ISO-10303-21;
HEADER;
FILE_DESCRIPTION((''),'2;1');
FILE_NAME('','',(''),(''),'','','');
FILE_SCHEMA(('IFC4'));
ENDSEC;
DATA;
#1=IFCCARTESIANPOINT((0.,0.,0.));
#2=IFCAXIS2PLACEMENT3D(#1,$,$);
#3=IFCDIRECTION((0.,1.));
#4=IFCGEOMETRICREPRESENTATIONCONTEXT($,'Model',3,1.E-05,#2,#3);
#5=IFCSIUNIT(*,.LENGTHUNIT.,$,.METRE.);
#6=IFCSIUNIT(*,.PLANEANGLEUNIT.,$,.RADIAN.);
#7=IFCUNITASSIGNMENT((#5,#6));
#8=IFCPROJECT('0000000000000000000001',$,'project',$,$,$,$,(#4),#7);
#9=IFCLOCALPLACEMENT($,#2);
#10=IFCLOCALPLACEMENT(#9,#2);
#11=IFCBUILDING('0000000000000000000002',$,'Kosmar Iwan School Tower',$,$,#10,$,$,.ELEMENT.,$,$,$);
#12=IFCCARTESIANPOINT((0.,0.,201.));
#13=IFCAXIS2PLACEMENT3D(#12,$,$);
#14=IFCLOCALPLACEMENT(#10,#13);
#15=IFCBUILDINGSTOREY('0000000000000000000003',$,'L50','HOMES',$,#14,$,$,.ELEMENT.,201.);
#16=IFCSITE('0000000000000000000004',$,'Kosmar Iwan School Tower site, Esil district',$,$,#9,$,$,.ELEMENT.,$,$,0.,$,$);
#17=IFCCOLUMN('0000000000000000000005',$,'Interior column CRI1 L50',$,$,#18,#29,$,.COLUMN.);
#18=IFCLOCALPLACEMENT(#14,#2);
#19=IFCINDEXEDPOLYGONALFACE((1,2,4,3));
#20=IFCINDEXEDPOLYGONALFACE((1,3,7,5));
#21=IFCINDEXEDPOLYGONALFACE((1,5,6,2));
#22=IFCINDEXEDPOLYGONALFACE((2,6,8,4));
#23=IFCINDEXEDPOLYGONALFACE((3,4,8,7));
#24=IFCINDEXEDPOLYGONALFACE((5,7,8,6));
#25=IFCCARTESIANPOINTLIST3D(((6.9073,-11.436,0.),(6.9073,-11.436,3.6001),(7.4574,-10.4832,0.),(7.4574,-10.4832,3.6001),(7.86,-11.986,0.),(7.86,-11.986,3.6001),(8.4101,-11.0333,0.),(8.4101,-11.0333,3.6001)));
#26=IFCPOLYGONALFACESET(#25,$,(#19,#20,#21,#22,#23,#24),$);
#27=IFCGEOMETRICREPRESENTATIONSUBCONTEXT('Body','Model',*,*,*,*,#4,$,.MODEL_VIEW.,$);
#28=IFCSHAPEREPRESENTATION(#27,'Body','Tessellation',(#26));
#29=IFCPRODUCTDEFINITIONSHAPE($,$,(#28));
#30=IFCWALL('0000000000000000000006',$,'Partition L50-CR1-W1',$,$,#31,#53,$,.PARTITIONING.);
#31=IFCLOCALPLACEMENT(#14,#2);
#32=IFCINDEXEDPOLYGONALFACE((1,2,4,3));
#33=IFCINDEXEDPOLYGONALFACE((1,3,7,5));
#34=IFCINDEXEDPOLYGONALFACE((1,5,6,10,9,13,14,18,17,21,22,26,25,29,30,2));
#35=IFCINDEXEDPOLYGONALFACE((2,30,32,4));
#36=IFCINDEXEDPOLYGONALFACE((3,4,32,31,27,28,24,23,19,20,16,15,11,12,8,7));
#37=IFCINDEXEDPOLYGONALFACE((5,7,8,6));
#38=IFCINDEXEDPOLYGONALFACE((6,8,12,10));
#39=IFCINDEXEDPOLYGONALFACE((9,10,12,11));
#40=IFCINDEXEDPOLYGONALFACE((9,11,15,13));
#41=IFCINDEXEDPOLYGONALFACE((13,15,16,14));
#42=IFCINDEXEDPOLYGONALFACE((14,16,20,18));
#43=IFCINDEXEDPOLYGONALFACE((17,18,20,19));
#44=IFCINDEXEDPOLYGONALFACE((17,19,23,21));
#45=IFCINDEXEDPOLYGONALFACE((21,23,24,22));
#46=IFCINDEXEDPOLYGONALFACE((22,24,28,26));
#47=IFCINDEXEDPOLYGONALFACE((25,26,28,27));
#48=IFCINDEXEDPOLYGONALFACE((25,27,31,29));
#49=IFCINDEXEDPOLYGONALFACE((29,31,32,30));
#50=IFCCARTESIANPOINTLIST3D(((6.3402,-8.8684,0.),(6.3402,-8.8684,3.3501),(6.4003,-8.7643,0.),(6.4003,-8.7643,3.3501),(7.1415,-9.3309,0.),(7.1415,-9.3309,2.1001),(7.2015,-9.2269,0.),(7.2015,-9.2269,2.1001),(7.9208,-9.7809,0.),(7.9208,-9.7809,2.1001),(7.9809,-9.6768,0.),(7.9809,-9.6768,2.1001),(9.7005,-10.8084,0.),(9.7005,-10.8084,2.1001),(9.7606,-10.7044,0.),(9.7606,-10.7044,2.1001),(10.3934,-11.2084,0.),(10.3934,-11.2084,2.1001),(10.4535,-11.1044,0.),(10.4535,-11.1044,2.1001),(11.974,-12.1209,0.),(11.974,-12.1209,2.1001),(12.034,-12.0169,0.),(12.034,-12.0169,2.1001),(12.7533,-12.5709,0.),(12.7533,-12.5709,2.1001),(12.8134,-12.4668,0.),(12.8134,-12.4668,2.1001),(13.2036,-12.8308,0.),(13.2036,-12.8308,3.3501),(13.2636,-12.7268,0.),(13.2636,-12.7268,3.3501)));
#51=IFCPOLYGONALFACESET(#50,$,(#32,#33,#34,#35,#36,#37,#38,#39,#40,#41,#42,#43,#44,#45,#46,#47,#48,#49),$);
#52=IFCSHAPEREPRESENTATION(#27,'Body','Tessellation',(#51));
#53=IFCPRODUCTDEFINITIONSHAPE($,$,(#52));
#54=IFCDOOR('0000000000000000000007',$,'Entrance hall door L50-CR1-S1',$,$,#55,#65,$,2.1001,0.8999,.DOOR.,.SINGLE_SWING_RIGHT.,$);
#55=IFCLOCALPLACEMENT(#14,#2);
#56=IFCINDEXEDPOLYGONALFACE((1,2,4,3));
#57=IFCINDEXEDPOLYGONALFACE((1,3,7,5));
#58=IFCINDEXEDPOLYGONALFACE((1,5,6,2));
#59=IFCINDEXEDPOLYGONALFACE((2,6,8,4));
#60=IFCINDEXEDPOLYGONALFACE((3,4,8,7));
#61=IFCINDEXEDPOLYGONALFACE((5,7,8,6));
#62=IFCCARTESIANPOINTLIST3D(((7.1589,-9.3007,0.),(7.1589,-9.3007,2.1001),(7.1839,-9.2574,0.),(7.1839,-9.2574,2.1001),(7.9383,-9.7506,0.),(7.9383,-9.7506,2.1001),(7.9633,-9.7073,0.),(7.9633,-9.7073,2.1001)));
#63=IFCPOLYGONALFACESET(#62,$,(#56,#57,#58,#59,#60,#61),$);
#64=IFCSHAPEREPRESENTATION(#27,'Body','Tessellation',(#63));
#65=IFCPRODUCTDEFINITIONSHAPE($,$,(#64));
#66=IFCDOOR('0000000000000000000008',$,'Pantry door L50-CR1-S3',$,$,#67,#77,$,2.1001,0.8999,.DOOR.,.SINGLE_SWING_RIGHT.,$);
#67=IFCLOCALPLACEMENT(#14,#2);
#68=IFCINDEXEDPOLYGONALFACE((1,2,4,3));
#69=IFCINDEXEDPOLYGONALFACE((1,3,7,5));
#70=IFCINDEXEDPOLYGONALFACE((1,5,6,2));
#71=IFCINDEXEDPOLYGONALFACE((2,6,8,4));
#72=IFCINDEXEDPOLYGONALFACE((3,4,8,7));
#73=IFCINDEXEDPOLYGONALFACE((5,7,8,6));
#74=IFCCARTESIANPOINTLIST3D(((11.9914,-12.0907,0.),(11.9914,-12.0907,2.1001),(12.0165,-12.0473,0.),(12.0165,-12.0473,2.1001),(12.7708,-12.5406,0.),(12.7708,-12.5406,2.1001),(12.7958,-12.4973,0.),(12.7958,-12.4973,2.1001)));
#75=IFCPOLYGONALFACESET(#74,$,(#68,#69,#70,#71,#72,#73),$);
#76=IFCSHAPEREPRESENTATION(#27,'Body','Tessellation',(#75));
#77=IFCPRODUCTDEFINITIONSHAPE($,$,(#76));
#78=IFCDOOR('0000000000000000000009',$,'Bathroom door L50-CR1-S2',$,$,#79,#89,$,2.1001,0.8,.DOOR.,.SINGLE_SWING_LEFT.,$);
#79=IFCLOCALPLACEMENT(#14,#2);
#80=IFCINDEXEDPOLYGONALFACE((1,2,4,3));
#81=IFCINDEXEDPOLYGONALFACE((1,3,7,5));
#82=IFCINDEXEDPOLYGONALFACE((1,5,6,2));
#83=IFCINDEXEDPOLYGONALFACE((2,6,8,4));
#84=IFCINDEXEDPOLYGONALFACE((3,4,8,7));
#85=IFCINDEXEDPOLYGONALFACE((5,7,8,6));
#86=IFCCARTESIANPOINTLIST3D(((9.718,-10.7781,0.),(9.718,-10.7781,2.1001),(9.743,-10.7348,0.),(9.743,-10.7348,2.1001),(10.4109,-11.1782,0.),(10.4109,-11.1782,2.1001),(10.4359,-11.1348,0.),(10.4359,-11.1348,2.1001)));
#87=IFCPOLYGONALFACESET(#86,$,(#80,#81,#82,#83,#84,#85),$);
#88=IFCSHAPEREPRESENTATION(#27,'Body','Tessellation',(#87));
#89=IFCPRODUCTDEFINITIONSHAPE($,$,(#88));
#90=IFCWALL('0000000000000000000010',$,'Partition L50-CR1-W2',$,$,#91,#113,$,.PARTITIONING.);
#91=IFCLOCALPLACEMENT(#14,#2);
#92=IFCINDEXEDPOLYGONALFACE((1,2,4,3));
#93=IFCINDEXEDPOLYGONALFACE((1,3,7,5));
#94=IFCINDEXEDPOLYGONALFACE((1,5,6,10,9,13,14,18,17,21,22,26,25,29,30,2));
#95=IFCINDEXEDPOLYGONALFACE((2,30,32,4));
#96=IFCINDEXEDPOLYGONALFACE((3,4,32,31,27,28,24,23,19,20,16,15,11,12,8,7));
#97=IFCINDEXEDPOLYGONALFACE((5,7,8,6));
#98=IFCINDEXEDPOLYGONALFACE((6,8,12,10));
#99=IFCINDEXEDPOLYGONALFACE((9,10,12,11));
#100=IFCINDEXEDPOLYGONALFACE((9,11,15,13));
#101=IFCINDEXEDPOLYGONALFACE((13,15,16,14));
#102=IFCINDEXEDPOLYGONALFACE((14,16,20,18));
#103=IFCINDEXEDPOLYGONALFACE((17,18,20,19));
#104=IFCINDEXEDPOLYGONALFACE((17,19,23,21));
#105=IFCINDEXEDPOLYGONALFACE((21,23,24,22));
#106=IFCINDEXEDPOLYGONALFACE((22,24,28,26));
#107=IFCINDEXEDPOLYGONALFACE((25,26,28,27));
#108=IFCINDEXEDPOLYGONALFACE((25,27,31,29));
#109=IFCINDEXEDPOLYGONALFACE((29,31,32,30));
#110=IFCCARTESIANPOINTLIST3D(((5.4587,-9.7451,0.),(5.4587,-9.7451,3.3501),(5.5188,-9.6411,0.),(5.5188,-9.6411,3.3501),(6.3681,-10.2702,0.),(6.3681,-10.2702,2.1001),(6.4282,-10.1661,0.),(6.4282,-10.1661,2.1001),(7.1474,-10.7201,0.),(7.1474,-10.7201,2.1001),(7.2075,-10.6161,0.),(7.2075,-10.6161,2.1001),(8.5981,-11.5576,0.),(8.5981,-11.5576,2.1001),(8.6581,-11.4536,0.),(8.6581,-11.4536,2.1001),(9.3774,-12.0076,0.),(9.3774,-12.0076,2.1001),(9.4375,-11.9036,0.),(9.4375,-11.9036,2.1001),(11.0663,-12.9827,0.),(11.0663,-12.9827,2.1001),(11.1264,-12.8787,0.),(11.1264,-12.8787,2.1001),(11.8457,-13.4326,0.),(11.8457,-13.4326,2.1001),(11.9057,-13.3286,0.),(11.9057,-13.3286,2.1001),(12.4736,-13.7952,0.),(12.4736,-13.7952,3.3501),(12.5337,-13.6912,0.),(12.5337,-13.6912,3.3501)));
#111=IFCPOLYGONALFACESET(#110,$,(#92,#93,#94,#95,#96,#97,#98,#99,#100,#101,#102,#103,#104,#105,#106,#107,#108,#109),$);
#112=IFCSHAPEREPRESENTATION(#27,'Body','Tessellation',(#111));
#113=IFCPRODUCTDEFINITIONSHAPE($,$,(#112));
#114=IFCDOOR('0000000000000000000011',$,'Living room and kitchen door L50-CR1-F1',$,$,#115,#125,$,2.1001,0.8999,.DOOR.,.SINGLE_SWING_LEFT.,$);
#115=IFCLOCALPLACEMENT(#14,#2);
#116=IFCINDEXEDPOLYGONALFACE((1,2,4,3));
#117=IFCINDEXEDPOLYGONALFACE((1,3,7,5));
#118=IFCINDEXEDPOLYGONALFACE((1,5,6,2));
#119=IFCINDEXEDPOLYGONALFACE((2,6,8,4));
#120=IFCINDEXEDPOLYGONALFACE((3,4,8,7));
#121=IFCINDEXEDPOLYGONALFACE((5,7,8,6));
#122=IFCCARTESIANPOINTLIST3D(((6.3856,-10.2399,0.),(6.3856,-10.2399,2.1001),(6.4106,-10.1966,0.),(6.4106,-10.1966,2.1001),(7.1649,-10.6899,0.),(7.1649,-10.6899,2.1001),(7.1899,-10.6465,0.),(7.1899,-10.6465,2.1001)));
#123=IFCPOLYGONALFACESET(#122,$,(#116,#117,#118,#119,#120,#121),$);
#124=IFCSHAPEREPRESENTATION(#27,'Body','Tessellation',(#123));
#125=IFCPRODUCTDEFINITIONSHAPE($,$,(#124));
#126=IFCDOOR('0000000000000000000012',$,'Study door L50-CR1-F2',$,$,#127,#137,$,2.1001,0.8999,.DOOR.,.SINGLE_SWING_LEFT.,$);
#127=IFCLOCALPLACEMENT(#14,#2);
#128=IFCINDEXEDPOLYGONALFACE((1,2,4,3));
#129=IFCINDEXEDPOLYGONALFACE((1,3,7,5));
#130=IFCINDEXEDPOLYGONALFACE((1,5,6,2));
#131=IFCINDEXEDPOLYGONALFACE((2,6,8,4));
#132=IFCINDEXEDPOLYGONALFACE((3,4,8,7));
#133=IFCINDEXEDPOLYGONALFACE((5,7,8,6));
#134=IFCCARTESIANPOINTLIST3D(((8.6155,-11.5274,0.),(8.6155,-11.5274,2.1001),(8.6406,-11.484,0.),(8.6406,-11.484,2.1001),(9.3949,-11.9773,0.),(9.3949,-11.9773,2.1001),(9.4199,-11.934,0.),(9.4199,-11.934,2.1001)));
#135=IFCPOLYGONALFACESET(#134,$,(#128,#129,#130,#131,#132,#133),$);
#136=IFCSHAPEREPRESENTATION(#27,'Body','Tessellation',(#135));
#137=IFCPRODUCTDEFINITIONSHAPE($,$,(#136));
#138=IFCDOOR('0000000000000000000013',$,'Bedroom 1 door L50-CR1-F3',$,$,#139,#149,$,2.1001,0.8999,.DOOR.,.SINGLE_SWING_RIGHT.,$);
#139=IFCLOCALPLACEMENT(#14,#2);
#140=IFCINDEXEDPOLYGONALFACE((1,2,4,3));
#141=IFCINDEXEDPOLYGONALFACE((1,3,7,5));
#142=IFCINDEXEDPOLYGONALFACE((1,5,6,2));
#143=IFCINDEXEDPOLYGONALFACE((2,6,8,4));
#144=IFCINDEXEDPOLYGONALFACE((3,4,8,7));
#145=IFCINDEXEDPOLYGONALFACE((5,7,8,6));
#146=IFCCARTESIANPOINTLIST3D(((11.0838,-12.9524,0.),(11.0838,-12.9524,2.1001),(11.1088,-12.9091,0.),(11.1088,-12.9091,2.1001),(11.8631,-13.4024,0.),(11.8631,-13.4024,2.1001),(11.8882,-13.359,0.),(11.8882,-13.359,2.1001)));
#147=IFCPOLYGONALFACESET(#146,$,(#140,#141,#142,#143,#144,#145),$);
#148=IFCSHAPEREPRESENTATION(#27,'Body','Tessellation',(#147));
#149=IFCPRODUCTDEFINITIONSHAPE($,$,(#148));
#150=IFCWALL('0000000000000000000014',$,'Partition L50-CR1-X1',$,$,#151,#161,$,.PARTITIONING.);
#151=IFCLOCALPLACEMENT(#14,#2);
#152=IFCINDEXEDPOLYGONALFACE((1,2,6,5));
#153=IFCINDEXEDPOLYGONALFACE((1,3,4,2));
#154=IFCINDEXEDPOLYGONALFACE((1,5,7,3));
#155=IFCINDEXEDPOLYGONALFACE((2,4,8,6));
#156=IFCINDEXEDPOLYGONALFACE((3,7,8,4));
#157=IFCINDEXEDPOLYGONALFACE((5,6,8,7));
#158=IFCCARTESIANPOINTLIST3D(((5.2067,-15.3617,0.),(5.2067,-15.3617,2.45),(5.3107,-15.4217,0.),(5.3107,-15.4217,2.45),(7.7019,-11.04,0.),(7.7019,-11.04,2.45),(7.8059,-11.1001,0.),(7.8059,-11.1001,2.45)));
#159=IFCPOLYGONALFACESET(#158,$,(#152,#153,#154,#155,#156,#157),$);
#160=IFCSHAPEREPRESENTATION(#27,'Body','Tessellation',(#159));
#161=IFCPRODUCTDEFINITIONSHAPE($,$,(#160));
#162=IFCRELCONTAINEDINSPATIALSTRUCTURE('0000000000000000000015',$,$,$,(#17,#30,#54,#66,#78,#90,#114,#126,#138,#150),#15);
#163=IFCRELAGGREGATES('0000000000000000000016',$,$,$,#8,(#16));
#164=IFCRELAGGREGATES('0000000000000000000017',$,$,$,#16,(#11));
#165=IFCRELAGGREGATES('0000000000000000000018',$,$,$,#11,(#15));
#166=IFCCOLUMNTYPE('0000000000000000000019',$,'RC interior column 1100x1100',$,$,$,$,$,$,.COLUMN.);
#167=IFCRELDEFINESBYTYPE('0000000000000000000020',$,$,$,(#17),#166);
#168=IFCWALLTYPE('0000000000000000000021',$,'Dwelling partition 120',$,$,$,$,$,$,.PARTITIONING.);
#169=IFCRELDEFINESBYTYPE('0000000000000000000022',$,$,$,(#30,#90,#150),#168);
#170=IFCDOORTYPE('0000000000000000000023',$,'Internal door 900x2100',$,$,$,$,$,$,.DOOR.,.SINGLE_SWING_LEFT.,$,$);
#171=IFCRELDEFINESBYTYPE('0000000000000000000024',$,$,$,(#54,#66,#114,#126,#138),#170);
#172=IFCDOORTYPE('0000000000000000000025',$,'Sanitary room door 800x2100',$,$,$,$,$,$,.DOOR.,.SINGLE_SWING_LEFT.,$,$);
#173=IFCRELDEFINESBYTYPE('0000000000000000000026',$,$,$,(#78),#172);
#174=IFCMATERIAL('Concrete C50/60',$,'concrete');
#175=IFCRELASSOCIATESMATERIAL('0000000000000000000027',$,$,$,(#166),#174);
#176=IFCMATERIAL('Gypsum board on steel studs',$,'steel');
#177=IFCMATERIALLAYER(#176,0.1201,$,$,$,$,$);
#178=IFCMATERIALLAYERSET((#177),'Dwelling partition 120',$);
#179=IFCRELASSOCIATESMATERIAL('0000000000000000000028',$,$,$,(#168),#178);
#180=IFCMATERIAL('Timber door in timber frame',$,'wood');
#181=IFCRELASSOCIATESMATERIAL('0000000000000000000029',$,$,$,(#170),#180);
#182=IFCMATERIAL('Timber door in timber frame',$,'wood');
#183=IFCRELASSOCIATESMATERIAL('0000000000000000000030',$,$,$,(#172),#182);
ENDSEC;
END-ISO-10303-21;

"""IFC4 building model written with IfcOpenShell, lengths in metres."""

from ifc_helpers import new_model, si_unit, direction, frame, frame_2d, origin, origin_2d, place, context, subcontext, project, spatial, rectangle, extrude, material, layer, layer_set, material_profile, profile_set, type_object, element, fill, save


model = new_model("IFC4")

# Units and contexts
model_context = context("Model", 3, precision=1e-05, world=origin(), true_north=direction((0.0, 1.0)))
body_context = subcontext(model_context, "Body", "Model", "MODEL_VIEW")
ifc_project = project(units=[si_unit("LENGTHUNIT", "METRE"), si_unit("PLANEANGLEUNIT", "RADIAN")], contexts=[model_context])

# Site, building, storey
site_placement = place(None, origin())
site = spatial("IfcSite", under=ifc_project, at=site_placement, Name="Kosmar Iwan School Tower site, Esil district", CompositionType="ELEMENT", RefElevation=0.0)
building_placement = place(site_placement, origin())
building = spatial("IfcBuilding", under=site, at=building_placement, Name="Kosmar Iwan School Tower", CompositionType="ELEMENT")
storey_placement = place(building_placement, frame((0.0, 0.0, 201.0)))
storey = spatial("IfcBuildingStorey", under=building, at=storey_placement, Name="L50", Description="HOMES", CompositionType="ELEMENT", Elevation=201.0)

# Column
ifc_material_1 = material(Name="Concrete C50/60", Category="concrete")
ifc_material_profile = material_profile(ifc_material_1, rectangle(XDim=1.1001, YDim=1.1001, at=origin_2d()), Name="RC 1100x1100")
ifc_profile_set = profile_set([ifc_material_profile], Name="Concrete C50/60")
column_type = type_object("IfcColumnType", Name="RC interior column 1100x1100", PredefinedType="COLUMN", material=ifc_profile_set)
column_placement = place(storey_placement, frame((7.6587, -11.2346, 0.0), z_axis=(0.0, 0.0, 1.0), x_axis=(0.866025, -0.5, 0.0)))
element("IfcColumn", 1, at=column_placement, inside=storey, type_object=column_type, Name="Interior column CRI1 L50", PredefinedType="COLUMN", context=body_context, shape_type="SweptSolid", body=[
    extrude(rectangle(XDim=1.1001, YDim=1.1001, at=origin_2d()), origin(), (0.0, 0.0, 1.0), 3.6001),
])

# Walls, openings, doors
ifc_material_2 = material(Name="Gypsum board on steel studs", Category="steel")
ifc_layer = layer(ifc_material_2, 0.1201)
ifc_layer_set = layer_set([ifc_layer], Name="Dwelling partition 120")
wall_type = type_object("IfcWallType", Name="Dwelling partition 120", PredefinedType="PARTITIONING", material=ifc_layer_set)
wall_1_placement = place(storey_placement, frame((6.3704, -8.8164, 0.0), z_axis=(0.0, 0.0, 1.0), x_axis=(0.866032, -0.499989, 0.0)))
wall_1 = element("IfcWall", 2, at=wall_1_placement, inside=storey, type_object=wall_type, Name="Partition L50-CR1-W1", PredefinedType="PARTITIONING", context=body_context, shape_type="SweptSolid", body=[
    extrude(rectangle(XDim=7.925, YDim=0.1201, at=frame_2d((3.9624, 0.0))), origin(), (0.0, 0.0, 1.0), 3.3501),
])
opening_1_placement = place(wall_1_placement, frame((0.925, 0.0, 0.0)))
opening_1 = element("IfcOpeningElement", 3, at=opening_1_placement, cuts=wall_1, PredefinedType="OPENING", context=body_context, shape_type="SweptSolid", body=[
    extrude(rectangle(XDim=0.8999, YDim=2.1001, at=frame_2d((0.45, 1.05))), frame((0.0, 0.072, 0.0), z_axis=(0.0, -1.0, 0.0), x_axis=(1.0, 0.0, 0.0)), (0.0, 0.0, 1.0), 0.144),
])
opening_2_placement = place(wall_1_placement, frame((3.8801, 0.0, 0.0)))
opening_2 = element("IfcOpeningElement", 4, at=opening_2_placement, cuts=wall_1, PredefinedType="OPENING", context=body_context, shape_type="SweptSolid", body=[
    extrude(rectangle(XDim=0.8, YDim=2.1001, at=frame_2d((0.3999, 1.05))), frame((0.0, 0.072, 0.0), z_axis=(0.0, -1.0, 0.0), x_axis=(1.0, 0.0, 0.0)), (0.0, 0.0, 1.0), 0.144),
])
opening_3_placement = place(wall_1_placement, frame((6.5051, 0.0, 0.0)))
opening_3 = element("IfcOpeningElement", 5, at=opening_3_placement, cuts=wall_1, PredefinedType="OPENING", context=body_context, shape_type="SweptSolid", body=[
    extrude(rectangle(XDim=0.8999, YDim=2.1001, at=frame_2d((0.45, 1.05))), frame((0.0, 0.072, 0.0), z_axis=(0.0, -1.0, 0.0), x_axis=(1.0, 0.0, 0.0)), (0.0, 0.0, 1.0), 0.144),
])
ifc_material_3 = material(Name="Timber door in timber frame", Category="wood")
door_type_1 = type_object("IfcDoorType", Name="Internal door 900x2100", OperationType="SINGLE_SWING_LEFT", PredefinedType="DOOR", material=ifc_material_3)
door_1_placement = place(opening_1_placement, origin())
door_1 = element("IfcDoor", 6, at=door_1_placement, inside=storey, type_object=door_type_1, Name="Entrance hall door L50-CR1-S1", OperationType="SINGLE_SWING_RIGHT", OverallHeight=2.1001, OverallWidth=0.8999, PredefinedType="DOOR", context=body_context, shape_type="SweptSolid", body=[
    extrude(rectangle(XDim=0.8999, YDim=2.1001, at=frame_2d((0.45, 1.05))), frame((0.0, 0.0249, 0.0), z_axis=(0.0, -1.0, 0.0), x_axis=(1.0, 0.0, 0.0)), (0.0, 0.0, 1.0), 0.05),
])
fill(opening_1, door_1)
door_2_placement = place(opening_3_placement, origin())
door_2 = element("IfcDoor", 7, at=door_2_placement, inside=storey, type_object=door_type_1, Name="Pantry door L50-CR1-S3", OperationType="SINGLE_SWING_RIGHT", OverallHeight=2.1001, OverallWidth=0.8999, PredefinedType="DOOR", context=body_context, shape_type="SweptSolid", body=[
    extrude(rectangle(XDim=0.8999, YDim=2.1001, at=frame_2d((0.45, 1.05))), frame((0.0, 0.0249, 0.0), z_axis=(0.0, -1.0, 0.0), x_axis=(1.0, 0.0, 0.0)), (0.0, 0.0, 1.0), 0.05),
])
fill(opening_3, door_2)
ifc_material_4 = material(Name="Timber door in timber frame", Category="wood")
door_type_2 = type_object("IfcDoorType", Name="Sanitary room door 800x2100", OperationType="SINGLE_SWING_LEFT", PredefinedType="DOOR", material=ifc_material_4)
door_3_placement = place(opening_2_placement, origin())
door_3 = element("IfcDoor", 8, at=door_3_placement, inside=storey, type_object=door_type_2, Name="Bathroom door L50-CR1-S2", OperationType="SINGLE_SWING_LEFT", OverallHeight=2.1001, OverallWidth=0.8, PredefinedType="DOOR", context=body_context, shape_type="SweptSolid", body=[
    extrude(rectangle(XDim=0.8, YDim=2.1001, at=frame_2d((0.3999, 1.05))), frame((0.0, 0.0249, 0.0), z_axis=(0.0, -1.0, 0.0), x_axis=(1.0, 0.0, 0.0)), (0.0, 0.0, 1.0), 0.05),
])
fill(opening_2, door_3)
wall_2_placement = place(storey_placement, frame((5.4888, -9.6931, 0.0), z_axis=(0.0, 0.0, 1.0), x_axis=(0.866025, -0.5, 0.0)))
wall_2 = element("IfcWall", 9, at=wall_2_placement, inside=storey, type_object=wall_type, Name="Partition L50-CR1-W2", PredefinedType="PARTITIONING", context=body_context, shape_type="SweptSolid", body=[
    extrude(rectangle(XDim=8.1001, YDim=0.1201, at=frame_2d((4.05, 0.0))), origin(), (0.0, 0.0, 1.0), 3.3501),
])
opening_4_placement = place(wall_2_placement, frame((1.05, 0.0, 0.0)))
opening_4 = element("IfcOpeningElement", 10, at=opening_4_placement, cuts=wall_2, PredefinedType="OPENING", context=body_context, shape_type="SweptSolid", body=[
    extrude(rectangle(XDim=0.8999, YDim=2.1001, at=frame_2d((0.45, 1.05))), frame((0.0, 0.072, 0.0), z_axis=(0.0, -1.0, 0.0), x_axis=(1.0, 0.0, 0.0)), (0.0, 0.0, 1.0), 0.144),
])
opening_5_placement = place(wall_2_placement, frame((3.625, 0.0, 0.0)))
opening_5 = element("IfcOpeningElement", 11, at=opening_5_placement, cuts=wall_2, PredefinedType="OPENING", context=body_context, shape_type="SweptSolid", body=[
    extrude(rectangle(XDim=0.8999, YDim=2.1001, at=frame_2d((0.45, 1.05))), frame((0.0, 0.072, 0.0), z_axis=(0.0, -1.0, 0.0), x_axis=(1.0, 0.0, 0.0)), (0.0, 0.0, 1.0), 0.144),
])
opening_6_placement = place(wall_2_placement, frame((6.4751, 0.0, 0.0)))
opening_6 = element("IfcOpeningElement", 12, at=opening_6_placement, cuts=wall_2, PredefinedType="OPENING", context=body_context, shape_type="SweptSolid", body=[
    extrude(rectangle(XDim=0.8999, YDim=2.1001, at=frame_2d((0.45, 1.05))), frame((0.0, 0.072, 0.0), z_axis=(0.0, -1.0, 0.0), x_axis=(1.0, 0.0, 0.0)), (0.0, 0.0, 1.0), 0.144),
])
door_4_placement = place(opening_4_placement, origin())
door_4 = element("IfcDoor", 13, at=door_4_placement, inside=storey, type_object=door_type_1, Name="Living room and kitchen door L50-CR1-F1", OperationType="SINGLE_SWING_LEFT", OverallHeight=2.1001, OverallWidth=0.8999, PredefinedType="DOOR", context=body_context, shape_type="SweptSolid", body=[
    extrude(rectangle(XDim=0.8999, YDim=2.1001, at=frame_2d((0.45, 1.05))), frame((0.0, 0.0249, 0.0), z_axis=(0.0, -1.0, 0.0), x_axis=(1.0, 0.0, 0.0)), (0.0, 0.0, 1.0), 0.05),
])
fill(opening_4, door_4)
door_5_placement = place(opening_5_placement, origin())
door_5 = element("IfcDoor", 14, at=door_5_placement, inside=storey, type_object=door_type_1, Name="Study door L50-CR1-F2", OperationType="SINGLE_SWING_LEFT", OverallHeight=2.1001, OverallWidth=0.8999, PredefinedType="DOOR", context=body_context, shape_type="SweptSolid", body=[
    extrude(rectangle(XDim=0.8999, YDim=2.1001, at=frame_2d((0.45, 1.05))), frame((0.0, 0.0249, 0.0), z_axis=(0.0, -1.0, 0.0), x_axis=(1.0, 0.0, 0.0)), (0.0, 0.0, 1.0), 0.05),
])
fill(opening_5, door_5)
door_6_placement = place(opening_6_placement, origin())
door_6 = element("IfcDoor", 15, at=door_6_placement, inside=storey, type_object=door_type_1, Name="Bedroom 1 door L50-CR1-F3", OperationType="SINGLE_SWING_RIGHT", OverallHeight=2.1001, OverallWidth=0.8999, PredefinedType="DOOR", context=body_context, shape_type="SweptSolid", body=[
    extrude(rectangle(XDim=0.8999, YDim=2.1001, at=frame_2d((0.45, 1.05))), frame((0.0, 0.0249, 0.0), z_axis=(0.0, -1.0, 0.0), x_axis=(1.0, 0.0, 0.0)), (0.0, 0.0, 1.0), 0.05),
])
fill(opening_6, door_6)

# Wall
wall_3_placement = place(storey_placement, frame((7.7539, -11.0701, 0.0), z_axis=(0.0, 0.0, 1.0), x_axis=(-0.500012, -0.866019, 0.0)))
element("IfcWall", 16, at=wall_3_placement, inside=storey, type_object=wall_type, Name="Partition L50-CR1-X1", PredefinedType="PARTITIONING", context=body_context, shape_type="SweptSolid", body=[
    extrude(rectangle(XDim=4.9902, YDim=0.1201, at=frame_2d((2.4951, 0.0))), origin(), (0.0, 0.0, 1.0), 2.45),
])

save(model, "model.ifc")
